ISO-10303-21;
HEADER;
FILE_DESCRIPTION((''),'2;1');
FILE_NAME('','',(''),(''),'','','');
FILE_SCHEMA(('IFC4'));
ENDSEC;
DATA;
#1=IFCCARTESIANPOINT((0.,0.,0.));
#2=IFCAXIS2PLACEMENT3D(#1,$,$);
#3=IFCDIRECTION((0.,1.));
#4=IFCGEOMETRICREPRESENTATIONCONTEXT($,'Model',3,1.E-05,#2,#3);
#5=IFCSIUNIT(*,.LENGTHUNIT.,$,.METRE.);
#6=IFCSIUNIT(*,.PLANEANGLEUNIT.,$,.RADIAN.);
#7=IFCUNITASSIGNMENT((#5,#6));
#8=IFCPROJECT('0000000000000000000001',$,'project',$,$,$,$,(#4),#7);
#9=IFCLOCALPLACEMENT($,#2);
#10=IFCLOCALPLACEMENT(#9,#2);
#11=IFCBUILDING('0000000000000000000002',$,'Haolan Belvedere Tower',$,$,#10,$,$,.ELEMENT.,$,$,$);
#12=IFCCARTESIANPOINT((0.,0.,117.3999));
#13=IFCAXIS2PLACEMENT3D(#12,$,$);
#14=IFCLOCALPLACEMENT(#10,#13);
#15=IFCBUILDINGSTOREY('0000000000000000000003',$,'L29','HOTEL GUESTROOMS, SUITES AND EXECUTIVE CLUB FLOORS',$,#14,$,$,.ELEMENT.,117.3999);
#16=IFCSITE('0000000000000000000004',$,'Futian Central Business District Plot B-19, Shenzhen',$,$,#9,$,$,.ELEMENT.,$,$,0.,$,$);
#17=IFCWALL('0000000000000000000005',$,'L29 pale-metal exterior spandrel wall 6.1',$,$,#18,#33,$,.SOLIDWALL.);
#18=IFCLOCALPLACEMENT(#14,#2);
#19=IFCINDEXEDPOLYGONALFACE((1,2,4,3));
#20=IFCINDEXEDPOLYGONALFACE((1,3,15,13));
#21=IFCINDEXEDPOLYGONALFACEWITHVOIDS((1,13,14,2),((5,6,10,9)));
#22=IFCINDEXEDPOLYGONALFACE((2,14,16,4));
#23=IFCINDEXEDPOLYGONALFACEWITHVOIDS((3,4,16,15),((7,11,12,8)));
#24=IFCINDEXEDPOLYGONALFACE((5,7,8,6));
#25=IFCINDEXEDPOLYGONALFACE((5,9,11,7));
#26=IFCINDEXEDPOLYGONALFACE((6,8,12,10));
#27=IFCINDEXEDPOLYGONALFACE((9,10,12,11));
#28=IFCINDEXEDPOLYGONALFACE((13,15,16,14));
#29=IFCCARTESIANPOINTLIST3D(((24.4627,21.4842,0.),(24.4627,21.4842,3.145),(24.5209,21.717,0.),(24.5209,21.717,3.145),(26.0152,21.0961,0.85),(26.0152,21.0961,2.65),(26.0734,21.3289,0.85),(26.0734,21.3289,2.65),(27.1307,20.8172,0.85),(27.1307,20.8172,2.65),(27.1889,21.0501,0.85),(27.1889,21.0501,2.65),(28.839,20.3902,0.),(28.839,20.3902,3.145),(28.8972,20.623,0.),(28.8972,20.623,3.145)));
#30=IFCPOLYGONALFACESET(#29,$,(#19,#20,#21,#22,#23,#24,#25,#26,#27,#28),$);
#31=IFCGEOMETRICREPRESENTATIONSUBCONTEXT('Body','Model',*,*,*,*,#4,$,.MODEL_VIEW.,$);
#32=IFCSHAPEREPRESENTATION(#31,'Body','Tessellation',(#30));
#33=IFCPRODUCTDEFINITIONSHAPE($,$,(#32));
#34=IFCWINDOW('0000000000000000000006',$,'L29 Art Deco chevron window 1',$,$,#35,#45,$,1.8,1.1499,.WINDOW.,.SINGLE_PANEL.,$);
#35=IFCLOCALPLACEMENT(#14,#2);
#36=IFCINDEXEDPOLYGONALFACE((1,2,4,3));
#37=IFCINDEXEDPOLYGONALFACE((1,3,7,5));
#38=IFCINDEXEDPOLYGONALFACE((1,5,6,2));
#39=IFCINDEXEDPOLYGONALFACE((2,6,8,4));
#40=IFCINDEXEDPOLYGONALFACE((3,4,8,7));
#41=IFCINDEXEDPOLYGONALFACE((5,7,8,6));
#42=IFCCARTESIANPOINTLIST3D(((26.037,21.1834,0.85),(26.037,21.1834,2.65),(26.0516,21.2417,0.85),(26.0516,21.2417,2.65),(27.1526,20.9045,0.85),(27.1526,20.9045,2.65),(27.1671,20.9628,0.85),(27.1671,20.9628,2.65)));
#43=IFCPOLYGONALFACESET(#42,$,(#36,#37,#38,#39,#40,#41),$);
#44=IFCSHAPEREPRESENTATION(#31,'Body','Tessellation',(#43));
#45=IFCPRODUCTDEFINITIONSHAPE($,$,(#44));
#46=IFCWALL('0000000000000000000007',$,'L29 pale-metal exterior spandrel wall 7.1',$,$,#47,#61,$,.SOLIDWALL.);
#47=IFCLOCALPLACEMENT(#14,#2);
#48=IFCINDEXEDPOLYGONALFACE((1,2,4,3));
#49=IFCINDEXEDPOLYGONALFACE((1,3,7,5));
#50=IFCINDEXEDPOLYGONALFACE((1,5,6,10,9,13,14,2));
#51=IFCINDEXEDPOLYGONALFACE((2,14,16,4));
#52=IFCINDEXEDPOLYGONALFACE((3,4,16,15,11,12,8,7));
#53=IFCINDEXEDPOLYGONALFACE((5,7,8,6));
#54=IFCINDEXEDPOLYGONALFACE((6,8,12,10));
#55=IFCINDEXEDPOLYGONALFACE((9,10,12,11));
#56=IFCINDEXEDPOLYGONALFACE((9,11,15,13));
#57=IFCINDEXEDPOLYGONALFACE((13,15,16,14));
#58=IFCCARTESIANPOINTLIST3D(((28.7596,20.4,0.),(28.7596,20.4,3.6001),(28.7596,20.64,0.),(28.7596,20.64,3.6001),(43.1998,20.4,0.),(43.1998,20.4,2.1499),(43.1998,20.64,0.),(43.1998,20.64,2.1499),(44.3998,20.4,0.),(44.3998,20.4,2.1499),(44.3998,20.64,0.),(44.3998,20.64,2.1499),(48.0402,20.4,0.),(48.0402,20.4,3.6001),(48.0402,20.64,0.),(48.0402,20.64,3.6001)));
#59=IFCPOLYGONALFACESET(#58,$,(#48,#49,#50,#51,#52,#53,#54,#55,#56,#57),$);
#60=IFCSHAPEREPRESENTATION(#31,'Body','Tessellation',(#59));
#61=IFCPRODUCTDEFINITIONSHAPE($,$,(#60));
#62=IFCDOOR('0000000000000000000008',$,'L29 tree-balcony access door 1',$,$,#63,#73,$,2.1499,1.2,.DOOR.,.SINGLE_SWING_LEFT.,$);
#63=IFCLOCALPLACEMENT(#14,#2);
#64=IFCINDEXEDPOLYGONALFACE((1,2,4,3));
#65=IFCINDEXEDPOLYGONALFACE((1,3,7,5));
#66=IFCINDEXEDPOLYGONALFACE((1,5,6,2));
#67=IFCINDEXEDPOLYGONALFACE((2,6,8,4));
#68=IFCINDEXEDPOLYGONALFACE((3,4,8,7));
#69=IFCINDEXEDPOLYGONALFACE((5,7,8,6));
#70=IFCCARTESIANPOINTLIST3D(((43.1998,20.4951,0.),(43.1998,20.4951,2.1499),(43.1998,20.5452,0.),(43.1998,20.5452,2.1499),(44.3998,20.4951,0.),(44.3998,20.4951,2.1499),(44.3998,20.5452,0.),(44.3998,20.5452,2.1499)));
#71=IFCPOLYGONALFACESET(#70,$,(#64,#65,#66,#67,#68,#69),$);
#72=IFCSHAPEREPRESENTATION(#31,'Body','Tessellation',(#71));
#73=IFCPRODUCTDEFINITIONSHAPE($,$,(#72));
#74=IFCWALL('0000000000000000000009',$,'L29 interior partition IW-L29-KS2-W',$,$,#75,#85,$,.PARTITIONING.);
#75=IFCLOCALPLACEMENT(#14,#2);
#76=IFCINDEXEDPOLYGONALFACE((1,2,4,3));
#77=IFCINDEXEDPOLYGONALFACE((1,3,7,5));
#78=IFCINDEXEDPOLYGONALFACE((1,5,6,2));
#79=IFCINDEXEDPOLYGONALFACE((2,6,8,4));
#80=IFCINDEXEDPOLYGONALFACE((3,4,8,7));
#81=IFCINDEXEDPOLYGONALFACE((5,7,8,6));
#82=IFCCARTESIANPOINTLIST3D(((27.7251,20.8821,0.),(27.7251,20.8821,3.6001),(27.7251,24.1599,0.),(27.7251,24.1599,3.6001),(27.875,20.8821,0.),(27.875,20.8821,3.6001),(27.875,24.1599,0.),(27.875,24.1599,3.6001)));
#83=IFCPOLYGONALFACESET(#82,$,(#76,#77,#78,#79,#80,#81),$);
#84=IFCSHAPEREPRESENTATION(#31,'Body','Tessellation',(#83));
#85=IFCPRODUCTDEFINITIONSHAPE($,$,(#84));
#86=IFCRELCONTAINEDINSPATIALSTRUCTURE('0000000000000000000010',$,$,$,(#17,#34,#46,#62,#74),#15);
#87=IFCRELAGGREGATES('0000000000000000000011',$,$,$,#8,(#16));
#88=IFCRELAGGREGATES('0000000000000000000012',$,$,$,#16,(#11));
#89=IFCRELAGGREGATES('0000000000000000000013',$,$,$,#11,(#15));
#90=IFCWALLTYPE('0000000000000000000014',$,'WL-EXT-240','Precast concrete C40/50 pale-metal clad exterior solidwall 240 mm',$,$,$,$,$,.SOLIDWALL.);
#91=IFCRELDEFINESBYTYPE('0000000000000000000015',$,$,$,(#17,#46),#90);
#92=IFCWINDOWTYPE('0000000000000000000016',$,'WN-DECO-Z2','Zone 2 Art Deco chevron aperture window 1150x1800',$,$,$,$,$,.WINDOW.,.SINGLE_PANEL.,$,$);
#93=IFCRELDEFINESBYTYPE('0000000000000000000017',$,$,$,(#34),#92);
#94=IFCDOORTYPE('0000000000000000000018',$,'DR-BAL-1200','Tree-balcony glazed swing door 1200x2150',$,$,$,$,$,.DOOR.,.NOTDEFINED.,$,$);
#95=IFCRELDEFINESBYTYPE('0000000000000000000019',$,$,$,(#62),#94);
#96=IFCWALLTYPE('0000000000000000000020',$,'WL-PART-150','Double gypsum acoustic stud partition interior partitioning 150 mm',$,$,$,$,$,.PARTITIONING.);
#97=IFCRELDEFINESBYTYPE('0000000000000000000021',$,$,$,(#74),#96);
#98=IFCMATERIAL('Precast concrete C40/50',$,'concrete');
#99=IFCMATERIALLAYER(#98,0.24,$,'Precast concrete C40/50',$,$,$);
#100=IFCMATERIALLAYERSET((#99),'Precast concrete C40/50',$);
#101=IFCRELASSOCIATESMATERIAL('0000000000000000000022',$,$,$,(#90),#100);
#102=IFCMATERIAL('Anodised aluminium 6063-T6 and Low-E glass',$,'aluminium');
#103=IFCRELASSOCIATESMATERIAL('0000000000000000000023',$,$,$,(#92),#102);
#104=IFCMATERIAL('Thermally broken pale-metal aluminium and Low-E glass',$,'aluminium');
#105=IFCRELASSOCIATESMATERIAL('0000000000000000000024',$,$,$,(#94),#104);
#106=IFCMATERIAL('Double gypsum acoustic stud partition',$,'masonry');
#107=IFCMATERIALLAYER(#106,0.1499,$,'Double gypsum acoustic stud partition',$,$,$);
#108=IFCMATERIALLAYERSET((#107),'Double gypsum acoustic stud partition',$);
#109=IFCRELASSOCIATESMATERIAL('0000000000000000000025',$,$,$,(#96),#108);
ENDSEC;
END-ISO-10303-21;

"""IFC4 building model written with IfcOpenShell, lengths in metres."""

from ifc_helpers import new_model, si_unit, direction, frame, frame_2d, origin, place, context, subcontext, project, spatial, rectangle, extrude, material, layer, layer_set, type_object, element, fill, save


model = new_model("IFC4")

# Units and contexts
model_context = context("Model", 3, precision=1e-05, world=origin(), true_north=direction((0.0, 1.0)))
body_context = subcontext(model_context, "Body", "Model", "MODEL_VIEW")
ifc_project = project(units=[si_unit("LENGTHUNIT", "METRE"), si_unit("PLANEANGLEUNIT", "RADIAN")], contexts=[model_context])

# Site, building, storey
site_placement = place(None, origin())
site = spatial("IfcSite", under=ifc_project, at=site_placement, Name="Futian Central Business District Plot B-19, Shenzhen", CompositionType="ELEMENT", RefElevation=0.0)
building_placement = place(site_placement, origin())
building = spatial("IfcBuilding", under=site, at=building_placement, Name="Haolan Belvedere Tower", CompositionType="ELEMENT")
storey_placement = place(building_placement, frame((0.0, 0.0, 117.3999)))
storey = spatial("IfcBuildingStorey", under=building, at=storey_placement, Name="L29", Description="HOTEL GUESTROOMS, SUITES AND EXECUTIVE CLUB FLOORS", CompositionType="ELEMENT", Elevation=117.3999)

# Wall, opening, window
ifc_material_1 = material(Name="Precast concrete C40/50", Category="concrete")
ifc_layer_1 = layer(ifc_material_1, 0.24, Name="Precast concrete C40/50")
ifc_layer_set_1 = layer_set([ifc_layer_1], Name="Precast concrete C40/50")
wall_type_1 = type_object("IfcWallType", Name="WL-EXT-240", Description="Precast concrete C40/50 pale-metal clad exterior solidwall 240 mm", PredefinedType="SOLIDWALL", material=ifc_layer_set_1)
wall_1_placement = place(storey_placement, frame((24.4919, 21.6006, 0.0), z_axis=(0.0, 0.0, 1.0), x_axis=(0.970146, -0.242523, 0.0)))
wall_1 = element("IfcWall", 1, at=wall_1_placement, inside=storey, type_object=wall_type_1, Name="L29 pale-metal exterior spandrel wall 6.1", PredefinedType="SOLIDWALL", context=body_context, shape_type="SweptSolid", body=[
    extrude(rectangle(XDim=4.511, YDim=0.24, at=frame_2d((2.2554, 0.0))), origin(), (0.0, 0.0, 1.0), 3.145),
])
opening_1_placement = place(wall_1_placement, frame((1.6001, 0.0, 0.8501)))
opening_1 = element("IfcOpeningElement", 2, at=opening_1_placement, cuts=wall_1, PredefinedType="OPENING", context=body_context, shape_type="SweptSolid", body=[
    extrude(rectangle(XDim=1.1499, YDim=1.8, at=frame_2d((0.575, 0.8999))), frame((0.0, 0.1299, 0.0), z_axis=(0.0, -1.0, 0.0), x_axis=(1.0, 0.0, 0.0)), (0.0, 0.0, 1.0), 0.26),
])
ifc_material_2 = material(Name="Anodised aluminium 6063-T6 and Low-E glass", Category="aluminium")
window_type = type_object("IfcWindowType", Name="WN-DECO-Z2", Description="Zone 2 Art Deco chevron aperture window 1150x1800", PartitioningType="SINGLE_PANEL", PredefinedType="WINDOW", material=ifc_material_2)
window_placement = place(opening_1_placement, origin())
window = element("IfcWindow", 3, at=window_placement, inside=storey, type_object=window_type, Name="L29 Art Deco chevron window 1", OverallHeight=1.8, OverallWidth=1.1499, PartitioningType="SINGLE_PANEL", PredefinedType="WINDOW", context=body_context, shape_type="SweptSolid", body=[
    extrude(rectangle(XDim=1.1499, YDim=1.8, at=frame_2d((0.575, 0.8999))), frame((0.0, 0.03, 0.0), z_axis=(0.0, -1.0, 0.0), x_axis=(1.0, 0.0, 0.0)), (0.0, 0.0, 1.0), 0.0601),
])
fill(opening_1, window)

# Wall, opening, door
wall_2_placement = place(storey_placement, frame((28.7598, 20.52, 0.0), z_axis=(0.0, 0.0, 1.0), x_axis=(1.0, 0.0, 0.0)))
wall_2 = element("IfcWall", 4, at=wall_2_placement, inside=storey, type_object=wall_type_1, Name="L29 pale-metal exterior spandrel wall 7.1", PredefinedType="SOLIDWALL", context=body_context, shape_type="SweptSolid", body=[
    extrude(rectangle(XDim=19.2805, YDim=0.24, at=frame_2d((9.6401, 0.0))), origin(), (0.0, 0.0, 1.0), 3.6001),
])
opening_2_placement = place(wall_2_placement, frame((15.6401, 0.0, 0.0), z_axis=(0.0, 0.0, 1.0), x_axis=(-1.0, 0.0, 0.0)))
opening_2 = element("IfcOpeningElement", 5, at=opening_2_placement, cuts=wall_2, PredefinedType="OPENING", context=body_context, shape_type="SweptSolid", body=[
    extrude(rectangle(XDim=1.2, YDim=2.1499, at=frame_2d((0.6001, 1.075))), frame((0.0, 0.1299, 0.0), z_axis=(0.0, -1.0, 0.0), x_axis=(1.0, 0.0, 0.0)), (0.0, 0.0, 1.0), 0.26),
])
ifc_material_3 = material(Name="Thermally broken pale-metal aluminium and Low-E glass", Category="aluminium")
door_type_1 = type_object("IfcDoorType", Name="DR-BAL-1200", Description="Tree-balcony glazed swing door 1200x2150", OperationType="NOTDEFINED", PredefinedType="DOOR", material=ifc_material_3)
door_1_placement = place(opening_2_placement, origin())
door_1 = element("IfcDoor", 6, at=door_1_placement, inside=storey, type_object=door_type_1, Name="L29 tree-balcony access door 1", OperationType="SINGLE_SWING_LEFT", OverallHeight=2.1499, OverallWidth=1.2, PredefinedType="DOOR", context=body_context, shape_type="SweptSolid", body=[
    extrude(rectangle(XDim=1.2, YDim=2.1499, at=frame_2d((0.6001, 1.075))), frame((0.0, 0.0249, 0.0), z_axis=(0.0, -1.0, 0.0), x_axis=(1.0, 0.0, 0.0)), (0.0, 0.0, 1.0), 0.05),
])
fill(opening_2, door_1)
ifc_material_4 = material(Name="Double gypsum acoustic stud partition", Category="masonry")
ifc_layer_2 = layer(ifc_material_4, 0.1499, Name="Double gypsum acoustic stud partition")
ifc_layer_set_2 = layer_set([ifc_layer_2], Name="Double gypsum acoustic stud partition")
wall_type_2 = type_object("IfcWallType", Name="WL-PART-150", Description="Double gypsum acoustic stud partition interior partitioning 150 mm", PredefinedType="PARTITIONING", material=ifc_layer_set_2)

# Wall
wall_3_placement = place(storey_placement, frame((27.8, 20.8821, 0.0), z_axis=(0.0, 0.0, 1.0), x_axis=(0.0, 1.0, 0.0)))
element("IfcWall", 7, at=wall_3_placement, inside=storey, type_object=wall_type_2, Name="L29 interior partition IW-L29-KS2-W", PredefinedType="PARTITIONING", context=body_context, shape_type="SweptSolid", body=[
    extrude(rectangle(XDim=3.2778, YDim=0.1499, at=frame_2d((1.6389, 0.0))), origin(), (0.0, 0.0, 1.0), 3.6001),
])

save(model, "model.ifc")
